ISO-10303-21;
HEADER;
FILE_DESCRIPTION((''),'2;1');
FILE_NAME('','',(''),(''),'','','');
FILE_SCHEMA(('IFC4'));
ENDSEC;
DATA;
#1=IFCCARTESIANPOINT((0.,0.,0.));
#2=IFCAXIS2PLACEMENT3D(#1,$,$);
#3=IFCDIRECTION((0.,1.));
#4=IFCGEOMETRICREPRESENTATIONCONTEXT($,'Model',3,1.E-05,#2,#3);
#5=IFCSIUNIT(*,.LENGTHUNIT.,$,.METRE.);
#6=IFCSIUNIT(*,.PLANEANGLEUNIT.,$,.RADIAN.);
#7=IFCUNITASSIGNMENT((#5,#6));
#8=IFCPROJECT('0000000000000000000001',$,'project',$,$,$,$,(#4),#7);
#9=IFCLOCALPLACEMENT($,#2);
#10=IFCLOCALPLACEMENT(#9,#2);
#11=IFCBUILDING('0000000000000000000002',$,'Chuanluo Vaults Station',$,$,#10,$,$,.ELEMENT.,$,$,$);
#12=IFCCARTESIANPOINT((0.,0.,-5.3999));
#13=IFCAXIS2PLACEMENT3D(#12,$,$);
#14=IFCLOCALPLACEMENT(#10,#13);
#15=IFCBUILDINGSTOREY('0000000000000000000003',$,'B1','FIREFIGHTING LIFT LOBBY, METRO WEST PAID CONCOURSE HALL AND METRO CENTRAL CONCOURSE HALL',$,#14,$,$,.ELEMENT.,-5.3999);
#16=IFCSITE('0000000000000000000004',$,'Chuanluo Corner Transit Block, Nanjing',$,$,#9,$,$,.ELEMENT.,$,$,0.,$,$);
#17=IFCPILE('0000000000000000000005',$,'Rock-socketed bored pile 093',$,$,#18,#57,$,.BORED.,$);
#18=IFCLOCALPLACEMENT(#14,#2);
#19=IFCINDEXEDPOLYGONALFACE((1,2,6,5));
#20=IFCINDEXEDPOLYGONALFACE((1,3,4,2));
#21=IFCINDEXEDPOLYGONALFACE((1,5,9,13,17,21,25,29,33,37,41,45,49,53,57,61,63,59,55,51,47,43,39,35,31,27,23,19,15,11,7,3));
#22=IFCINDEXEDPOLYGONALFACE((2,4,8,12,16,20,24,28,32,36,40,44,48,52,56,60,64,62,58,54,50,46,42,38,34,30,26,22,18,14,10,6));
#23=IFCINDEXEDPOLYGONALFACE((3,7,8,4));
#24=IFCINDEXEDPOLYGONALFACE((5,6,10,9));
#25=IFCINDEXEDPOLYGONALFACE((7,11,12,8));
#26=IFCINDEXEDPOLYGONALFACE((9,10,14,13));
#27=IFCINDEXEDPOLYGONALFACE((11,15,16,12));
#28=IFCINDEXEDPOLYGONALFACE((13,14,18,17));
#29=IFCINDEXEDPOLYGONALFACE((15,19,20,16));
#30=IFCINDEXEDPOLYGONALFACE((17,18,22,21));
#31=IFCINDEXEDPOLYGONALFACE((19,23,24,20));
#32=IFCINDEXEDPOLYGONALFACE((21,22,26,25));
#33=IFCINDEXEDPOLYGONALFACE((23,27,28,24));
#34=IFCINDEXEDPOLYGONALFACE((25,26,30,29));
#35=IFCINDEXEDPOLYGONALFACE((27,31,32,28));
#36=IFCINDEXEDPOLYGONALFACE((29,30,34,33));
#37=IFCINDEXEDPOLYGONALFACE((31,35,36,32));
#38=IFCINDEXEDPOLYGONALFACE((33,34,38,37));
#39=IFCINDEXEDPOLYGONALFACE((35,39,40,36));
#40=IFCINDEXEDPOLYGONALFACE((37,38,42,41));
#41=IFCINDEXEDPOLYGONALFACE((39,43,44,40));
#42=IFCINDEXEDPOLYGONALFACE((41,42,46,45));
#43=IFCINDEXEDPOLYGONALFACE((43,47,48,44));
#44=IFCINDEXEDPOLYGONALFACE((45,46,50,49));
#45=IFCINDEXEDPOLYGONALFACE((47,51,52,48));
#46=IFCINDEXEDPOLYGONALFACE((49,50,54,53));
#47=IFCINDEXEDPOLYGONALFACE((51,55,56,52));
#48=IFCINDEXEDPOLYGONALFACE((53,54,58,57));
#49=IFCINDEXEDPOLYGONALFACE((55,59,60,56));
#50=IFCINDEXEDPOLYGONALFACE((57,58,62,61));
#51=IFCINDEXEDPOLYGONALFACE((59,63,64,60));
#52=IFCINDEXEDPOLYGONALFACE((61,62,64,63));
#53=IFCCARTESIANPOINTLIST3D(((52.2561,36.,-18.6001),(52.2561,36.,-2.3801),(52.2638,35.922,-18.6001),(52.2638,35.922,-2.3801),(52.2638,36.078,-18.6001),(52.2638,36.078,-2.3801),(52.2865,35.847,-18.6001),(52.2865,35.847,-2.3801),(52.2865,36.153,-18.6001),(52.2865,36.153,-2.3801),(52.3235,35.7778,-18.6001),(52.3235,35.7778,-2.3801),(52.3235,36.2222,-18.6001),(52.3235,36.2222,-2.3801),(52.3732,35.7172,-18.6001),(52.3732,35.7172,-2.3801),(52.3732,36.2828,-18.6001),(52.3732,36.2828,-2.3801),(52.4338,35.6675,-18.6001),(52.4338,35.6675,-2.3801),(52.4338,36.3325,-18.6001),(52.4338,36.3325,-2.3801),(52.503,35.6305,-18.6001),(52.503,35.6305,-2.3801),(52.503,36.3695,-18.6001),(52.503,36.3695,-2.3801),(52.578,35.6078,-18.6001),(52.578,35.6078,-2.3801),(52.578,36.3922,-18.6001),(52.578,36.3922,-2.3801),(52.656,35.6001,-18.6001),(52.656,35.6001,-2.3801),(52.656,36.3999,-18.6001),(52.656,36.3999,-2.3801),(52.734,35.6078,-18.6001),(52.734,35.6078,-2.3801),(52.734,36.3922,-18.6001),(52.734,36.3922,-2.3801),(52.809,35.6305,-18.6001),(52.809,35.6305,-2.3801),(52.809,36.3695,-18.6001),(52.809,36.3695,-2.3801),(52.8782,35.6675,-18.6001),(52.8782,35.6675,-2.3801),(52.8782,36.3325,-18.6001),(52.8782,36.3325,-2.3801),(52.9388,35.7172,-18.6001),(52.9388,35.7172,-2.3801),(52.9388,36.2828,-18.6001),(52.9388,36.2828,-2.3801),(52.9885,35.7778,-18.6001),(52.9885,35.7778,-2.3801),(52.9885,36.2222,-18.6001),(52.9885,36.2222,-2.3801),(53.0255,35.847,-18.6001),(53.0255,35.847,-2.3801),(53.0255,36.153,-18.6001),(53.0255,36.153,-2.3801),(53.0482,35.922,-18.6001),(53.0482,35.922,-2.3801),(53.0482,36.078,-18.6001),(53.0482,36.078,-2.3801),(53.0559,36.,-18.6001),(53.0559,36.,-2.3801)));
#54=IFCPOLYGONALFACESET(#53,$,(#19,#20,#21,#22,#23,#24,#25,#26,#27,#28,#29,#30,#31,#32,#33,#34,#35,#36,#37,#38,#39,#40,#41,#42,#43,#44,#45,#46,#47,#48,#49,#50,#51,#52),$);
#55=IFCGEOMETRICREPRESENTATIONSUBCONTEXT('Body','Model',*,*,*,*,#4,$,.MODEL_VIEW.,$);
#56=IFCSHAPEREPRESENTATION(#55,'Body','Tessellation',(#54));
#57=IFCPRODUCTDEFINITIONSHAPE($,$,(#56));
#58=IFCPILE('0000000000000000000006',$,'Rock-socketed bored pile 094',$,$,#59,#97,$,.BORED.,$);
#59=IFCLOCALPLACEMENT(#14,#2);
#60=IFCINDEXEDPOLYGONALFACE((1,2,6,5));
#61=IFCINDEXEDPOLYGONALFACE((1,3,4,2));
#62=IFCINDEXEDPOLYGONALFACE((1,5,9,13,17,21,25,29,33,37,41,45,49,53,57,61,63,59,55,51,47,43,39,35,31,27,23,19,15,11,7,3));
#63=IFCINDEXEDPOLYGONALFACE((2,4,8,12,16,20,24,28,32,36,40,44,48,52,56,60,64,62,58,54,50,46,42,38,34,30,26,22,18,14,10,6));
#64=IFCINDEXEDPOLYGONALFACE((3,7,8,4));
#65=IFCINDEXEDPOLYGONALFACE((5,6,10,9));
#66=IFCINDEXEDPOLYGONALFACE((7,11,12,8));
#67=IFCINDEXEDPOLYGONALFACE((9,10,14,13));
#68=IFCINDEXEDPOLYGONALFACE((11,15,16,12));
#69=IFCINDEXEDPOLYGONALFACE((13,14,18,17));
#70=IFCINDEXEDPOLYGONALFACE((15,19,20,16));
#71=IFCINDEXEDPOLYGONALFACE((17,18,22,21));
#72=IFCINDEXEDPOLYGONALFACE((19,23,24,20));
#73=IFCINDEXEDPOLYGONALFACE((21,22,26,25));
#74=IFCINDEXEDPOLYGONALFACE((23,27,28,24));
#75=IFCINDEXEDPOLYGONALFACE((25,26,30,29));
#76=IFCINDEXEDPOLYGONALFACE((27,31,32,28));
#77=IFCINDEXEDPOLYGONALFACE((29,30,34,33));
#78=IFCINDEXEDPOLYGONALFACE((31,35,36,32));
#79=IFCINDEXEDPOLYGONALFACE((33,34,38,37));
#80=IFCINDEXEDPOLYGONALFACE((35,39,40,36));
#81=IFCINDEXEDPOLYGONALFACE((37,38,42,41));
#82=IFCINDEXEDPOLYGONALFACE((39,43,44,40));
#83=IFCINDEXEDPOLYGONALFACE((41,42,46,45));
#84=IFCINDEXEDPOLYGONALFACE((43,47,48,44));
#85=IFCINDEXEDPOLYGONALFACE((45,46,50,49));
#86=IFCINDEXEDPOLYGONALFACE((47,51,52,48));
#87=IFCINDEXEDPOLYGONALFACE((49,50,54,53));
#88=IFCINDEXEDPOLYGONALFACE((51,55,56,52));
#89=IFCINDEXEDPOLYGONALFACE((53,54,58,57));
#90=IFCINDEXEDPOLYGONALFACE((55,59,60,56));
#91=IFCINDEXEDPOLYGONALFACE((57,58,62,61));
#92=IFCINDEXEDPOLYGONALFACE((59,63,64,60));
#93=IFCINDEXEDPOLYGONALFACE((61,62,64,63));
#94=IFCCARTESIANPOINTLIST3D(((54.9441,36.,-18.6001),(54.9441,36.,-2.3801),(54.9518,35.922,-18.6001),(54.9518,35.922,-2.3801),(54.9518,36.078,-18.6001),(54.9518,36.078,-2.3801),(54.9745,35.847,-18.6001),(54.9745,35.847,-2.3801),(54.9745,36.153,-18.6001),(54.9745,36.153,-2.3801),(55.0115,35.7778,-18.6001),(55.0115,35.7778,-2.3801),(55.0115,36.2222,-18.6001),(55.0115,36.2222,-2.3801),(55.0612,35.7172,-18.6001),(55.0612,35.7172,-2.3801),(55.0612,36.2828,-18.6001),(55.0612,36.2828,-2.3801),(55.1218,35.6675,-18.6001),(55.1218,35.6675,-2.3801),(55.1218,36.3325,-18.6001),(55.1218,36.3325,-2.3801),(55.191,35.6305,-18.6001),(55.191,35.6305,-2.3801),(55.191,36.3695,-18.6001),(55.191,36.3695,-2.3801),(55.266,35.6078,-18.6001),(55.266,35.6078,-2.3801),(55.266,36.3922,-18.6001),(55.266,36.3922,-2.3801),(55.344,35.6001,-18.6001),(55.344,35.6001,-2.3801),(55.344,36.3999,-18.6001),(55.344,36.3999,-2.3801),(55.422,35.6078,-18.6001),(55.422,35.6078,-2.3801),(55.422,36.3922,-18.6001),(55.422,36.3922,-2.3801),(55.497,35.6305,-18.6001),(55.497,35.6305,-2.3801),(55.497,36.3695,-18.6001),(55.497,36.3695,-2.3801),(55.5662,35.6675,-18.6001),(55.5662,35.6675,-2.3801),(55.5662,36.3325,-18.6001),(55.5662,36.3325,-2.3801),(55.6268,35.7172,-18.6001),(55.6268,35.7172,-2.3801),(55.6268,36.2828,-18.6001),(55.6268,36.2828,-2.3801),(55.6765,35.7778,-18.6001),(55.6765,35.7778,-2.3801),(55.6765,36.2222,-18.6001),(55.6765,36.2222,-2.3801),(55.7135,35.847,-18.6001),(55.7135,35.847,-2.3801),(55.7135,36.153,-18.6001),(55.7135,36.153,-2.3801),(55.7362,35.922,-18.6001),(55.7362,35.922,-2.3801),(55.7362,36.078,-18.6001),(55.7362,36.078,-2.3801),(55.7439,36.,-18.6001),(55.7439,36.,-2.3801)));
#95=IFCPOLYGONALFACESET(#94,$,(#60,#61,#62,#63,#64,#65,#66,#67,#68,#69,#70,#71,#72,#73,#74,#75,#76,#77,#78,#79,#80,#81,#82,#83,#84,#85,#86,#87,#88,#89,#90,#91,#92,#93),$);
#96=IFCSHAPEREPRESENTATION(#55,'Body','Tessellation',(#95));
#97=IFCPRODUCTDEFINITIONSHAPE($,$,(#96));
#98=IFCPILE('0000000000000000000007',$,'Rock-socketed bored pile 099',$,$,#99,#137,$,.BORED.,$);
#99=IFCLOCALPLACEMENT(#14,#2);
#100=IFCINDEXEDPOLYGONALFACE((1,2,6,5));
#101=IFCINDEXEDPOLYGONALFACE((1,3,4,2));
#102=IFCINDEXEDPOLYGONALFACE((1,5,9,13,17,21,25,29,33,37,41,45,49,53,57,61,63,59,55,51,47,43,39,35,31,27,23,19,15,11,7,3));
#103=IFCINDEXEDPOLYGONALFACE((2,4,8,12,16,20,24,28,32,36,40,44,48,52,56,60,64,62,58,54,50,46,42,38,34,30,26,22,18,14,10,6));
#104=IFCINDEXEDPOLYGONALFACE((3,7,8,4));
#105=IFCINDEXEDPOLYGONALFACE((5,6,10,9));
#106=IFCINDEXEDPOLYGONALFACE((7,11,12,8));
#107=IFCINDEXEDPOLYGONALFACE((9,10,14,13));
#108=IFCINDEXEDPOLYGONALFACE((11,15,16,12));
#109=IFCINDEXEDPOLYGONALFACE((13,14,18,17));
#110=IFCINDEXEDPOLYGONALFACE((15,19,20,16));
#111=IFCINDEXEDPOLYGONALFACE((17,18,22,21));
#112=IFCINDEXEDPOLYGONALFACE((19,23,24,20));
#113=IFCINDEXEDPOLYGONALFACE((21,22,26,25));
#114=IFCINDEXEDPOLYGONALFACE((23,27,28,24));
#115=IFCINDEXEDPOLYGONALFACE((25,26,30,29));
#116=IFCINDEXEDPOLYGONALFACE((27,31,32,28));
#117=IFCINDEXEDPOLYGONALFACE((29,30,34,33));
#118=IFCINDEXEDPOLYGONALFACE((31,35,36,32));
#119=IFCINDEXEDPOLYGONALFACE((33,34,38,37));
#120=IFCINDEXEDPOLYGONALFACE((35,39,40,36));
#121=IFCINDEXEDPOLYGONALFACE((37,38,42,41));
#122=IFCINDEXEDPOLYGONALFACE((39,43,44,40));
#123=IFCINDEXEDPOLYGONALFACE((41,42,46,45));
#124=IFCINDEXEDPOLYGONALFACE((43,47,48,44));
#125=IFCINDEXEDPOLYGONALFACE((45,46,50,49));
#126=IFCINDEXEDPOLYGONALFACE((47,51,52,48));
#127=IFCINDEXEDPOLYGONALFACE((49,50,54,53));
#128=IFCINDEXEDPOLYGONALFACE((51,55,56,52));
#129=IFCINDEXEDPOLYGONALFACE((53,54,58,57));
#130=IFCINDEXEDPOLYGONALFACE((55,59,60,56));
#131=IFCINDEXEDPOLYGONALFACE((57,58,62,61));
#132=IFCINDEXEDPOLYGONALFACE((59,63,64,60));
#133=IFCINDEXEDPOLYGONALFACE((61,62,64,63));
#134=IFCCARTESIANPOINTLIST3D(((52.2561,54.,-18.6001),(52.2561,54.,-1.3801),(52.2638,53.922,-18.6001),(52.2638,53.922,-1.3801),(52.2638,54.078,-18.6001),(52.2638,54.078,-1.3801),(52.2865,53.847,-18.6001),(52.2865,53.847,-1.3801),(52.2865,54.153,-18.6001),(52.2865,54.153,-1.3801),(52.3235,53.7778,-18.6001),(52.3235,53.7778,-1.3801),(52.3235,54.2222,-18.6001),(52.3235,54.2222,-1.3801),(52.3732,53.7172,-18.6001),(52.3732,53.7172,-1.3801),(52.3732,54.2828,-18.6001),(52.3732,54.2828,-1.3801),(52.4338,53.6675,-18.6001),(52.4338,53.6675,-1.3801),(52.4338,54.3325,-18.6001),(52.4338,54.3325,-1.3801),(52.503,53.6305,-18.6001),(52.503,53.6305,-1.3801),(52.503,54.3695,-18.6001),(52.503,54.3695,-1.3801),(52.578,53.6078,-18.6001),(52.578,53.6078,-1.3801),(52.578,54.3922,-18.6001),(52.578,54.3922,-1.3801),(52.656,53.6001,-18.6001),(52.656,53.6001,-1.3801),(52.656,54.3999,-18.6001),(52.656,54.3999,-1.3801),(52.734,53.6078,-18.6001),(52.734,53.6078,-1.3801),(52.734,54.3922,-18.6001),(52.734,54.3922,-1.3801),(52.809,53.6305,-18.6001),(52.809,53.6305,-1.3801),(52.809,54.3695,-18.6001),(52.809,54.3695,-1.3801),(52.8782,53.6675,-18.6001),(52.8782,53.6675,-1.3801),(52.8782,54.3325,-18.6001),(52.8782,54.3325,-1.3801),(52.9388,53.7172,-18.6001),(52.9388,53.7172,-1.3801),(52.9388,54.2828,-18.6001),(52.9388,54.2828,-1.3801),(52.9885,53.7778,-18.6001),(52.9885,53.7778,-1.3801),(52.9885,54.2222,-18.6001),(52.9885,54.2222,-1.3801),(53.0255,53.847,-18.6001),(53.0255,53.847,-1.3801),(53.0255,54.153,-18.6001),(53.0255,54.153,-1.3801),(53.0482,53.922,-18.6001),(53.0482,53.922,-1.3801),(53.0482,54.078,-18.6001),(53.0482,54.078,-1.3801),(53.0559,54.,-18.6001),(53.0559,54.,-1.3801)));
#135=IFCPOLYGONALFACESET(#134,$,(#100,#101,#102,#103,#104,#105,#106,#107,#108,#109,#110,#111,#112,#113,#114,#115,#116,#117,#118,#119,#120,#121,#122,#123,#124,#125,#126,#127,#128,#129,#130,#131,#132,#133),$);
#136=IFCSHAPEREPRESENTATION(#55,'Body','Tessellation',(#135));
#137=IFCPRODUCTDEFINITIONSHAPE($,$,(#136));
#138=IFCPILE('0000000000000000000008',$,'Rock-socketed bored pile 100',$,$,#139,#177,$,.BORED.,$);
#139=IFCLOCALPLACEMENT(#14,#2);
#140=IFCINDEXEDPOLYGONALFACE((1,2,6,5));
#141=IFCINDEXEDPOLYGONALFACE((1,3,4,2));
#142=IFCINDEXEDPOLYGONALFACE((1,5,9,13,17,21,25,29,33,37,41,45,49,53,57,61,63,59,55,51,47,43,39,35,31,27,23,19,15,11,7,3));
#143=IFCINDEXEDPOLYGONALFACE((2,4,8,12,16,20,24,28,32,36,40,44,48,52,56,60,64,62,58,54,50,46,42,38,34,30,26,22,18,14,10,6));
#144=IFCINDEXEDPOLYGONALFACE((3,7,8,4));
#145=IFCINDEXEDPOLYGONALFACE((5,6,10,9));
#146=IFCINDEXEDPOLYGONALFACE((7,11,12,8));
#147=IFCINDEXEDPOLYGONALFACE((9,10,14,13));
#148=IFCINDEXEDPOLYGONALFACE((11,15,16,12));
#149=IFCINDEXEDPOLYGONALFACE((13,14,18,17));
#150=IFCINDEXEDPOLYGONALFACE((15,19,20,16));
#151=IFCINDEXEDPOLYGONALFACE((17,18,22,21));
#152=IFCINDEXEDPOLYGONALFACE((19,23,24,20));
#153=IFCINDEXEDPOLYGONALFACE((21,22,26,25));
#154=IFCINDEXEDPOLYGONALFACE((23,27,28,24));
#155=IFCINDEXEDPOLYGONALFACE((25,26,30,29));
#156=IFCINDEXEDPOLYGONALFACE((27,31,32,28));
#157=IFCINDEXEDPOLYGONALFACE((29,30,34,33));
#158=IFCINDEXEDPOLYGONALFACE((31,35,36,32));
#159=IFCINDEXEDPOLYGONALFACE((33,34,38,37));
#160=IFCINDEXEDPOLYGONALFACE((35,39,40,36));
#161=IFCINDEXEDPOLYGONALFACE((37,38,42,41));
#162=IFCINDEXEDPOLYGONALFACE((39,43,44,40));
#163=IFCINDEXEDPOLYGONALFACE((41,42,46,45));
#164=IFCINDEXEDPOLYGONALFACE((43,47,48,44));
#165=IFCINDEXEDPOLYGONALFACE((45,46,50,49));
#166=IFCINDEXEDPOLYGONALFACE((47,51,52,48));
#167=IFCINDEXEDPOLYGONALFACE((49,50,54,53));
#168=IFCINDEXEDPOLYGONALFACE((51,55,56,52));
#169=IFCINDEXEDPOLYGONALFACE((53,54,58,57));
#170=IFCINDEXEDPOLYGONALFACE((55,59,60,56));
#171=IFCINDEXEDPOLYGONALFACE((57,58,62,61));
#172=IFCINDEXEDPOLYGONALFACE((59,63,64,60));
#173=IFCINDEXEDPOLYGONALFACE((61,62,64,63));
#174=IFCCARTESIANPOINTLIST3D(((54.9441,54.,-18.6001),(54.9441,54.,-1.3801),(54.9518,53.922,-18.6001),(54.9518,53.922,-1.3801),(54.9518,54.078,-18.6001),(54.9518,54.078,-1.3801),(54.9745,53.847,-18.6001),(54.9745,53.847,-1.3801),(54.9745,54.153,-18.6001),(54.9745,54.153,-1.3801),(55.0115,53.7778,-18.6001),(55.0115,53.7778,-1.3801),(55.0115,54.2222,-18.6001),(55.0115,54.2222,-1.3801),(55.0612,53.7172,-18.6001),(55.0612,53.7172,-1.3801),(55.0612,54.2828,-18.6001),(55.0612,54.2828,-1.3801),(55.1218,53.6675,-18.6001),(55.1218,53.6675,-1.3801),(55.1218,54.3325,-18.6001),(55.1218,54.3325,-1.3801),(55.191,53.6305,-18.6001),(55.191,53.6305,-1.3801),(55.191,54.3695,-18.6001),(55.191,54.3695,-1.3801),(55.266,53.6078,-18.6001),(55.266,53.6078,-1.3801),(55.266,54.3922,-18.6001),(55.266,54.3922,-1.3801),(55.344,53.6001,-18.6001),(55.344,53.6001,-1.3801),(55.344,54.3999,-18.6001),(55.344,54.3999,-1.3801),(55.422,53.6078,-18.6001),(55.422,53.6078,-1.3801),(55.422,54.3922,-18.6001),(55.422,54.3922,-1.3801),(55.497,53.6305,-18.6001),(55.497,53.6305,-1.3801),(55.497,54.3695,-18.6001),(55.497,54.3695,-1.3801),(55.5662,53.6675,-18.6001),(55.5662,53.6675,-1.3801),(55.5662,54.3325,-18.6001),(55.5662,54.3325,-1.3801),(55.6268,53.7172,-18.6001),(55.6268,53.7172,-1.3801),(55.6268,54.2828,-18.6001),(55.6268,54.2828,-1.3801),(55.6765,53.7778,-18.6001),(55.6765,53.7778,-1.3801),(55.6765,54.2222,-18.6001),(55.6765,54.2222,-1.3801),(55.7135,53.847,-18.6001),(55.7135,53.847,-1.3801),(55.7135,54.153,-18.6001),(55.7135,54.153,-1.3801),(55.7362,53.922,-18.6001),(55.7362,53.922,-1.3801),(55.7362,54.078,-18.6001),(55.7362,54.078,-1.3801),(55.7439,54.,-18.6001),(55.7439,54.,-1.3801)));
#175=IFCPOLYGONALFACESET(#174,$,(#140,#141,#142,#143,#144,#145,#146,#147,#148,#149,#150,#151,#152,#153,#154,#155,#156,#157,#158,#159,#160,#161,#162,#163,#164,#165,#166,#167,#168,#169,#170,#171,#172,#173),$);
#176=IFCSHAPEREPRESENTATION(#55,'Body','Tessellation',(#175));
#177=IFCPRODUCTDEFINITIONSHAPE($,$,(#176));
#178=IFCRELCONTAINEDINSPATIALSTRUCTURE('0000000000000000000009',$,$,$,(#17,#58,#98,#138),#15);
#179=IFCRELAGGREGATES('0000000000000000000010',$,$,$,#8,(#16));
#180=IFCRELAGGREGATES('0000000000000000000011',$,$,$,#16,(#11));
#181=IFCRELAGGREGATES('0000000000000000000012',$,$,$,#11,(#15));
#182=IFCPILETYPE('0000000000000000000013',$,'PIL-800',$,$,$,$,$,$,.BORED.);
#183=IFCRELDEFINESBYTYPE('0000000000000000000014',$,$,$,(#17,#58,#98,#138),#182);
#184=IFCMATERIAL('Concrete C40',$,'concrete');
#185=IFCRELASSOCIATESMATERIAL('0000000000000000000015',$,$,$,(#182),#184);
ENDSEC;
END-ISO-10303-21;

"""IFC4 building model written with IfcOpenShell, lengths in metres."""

from ifc_helpers import new_model, si_unit, direction, frame, origin, origin_2d, place, context, subcontext, project, spatial, circle, extrude, material, material_profile, profile_set, type_object, element, save


model = new_model("IFC4")

# Units and contexts
model_context = context("Model", 3, precision=1e-05, world=origin(), true_north=direction((0.0, 1.0)))
body_context = subcontext(model_context, "Body", "Model", "MODEL_VIEW")
ifc_project = project(units=[si_unit("LENGTHUNIT", "METRE"), si_unit("PLANEANGLEUNIT", "RADIAN")], contexts=[model_context])

# Site, building, storey
site_placement = place(None, origin())
site = spatial("IfcSite", under=ifc_project, at=site_placement, Name="Chuanluo Corner Transit Block, Nanjing", CompositionType="ELEMENT", RefElevation=0.0)
building_placement = place(site_placement, origin())
building = spatial("IfcBuilding", under=site, at=building_placement, Name="Chuanluo Vaults Station", CompositionType="ELEMENT")
storey_placement = place(building_placement, frame((0.0, 0.0, -5.3999)))
storey = spatial("IfcBuildingStorey", under=building, at=storey_placement, Name="B1", Description="FIREFIGHTING LIFT LOBBY, METRO WEST PAID CONCOURSE HALL AND METRO CENTRAL CONCOURSE HALL", CompositionType="ELEMENT", Elevation=-5.3999)

# Piles
ifc_material_1 = material(Name="Concrete C40", Category="concrete")
ifc_material_profile_1 = material_profile(ifc_material_1, circle(Radius=0.3999, at=origin_2d()))
ifc_profile_set_1 = profile_set([ifc_material_profile_1], Name="Concrete C40")
pile_type_1 = type_object("IfcPileType", Name="PIL-800", PredefinedType="BORED", material=ifc_profile_set_1)
for number, where, z_axis, x_axis, name in (
    (1, (52.656, 36.0, -2.3801), (0.0, 0.0, -1.0), (1.0, 0.0, 0.0), "Rock-socketed bored pile 093"),
    (2, (55.344, 36.0, -2.3801), (0.0, 0.0, -1.0), (1.0, 0.0, 0.0), "Rock-socketed bored pile 094"),
):
    element("IfcPile", number, at=place(storey_placement, frame(where, z_axis=z_axis, x_axis=x_axis)), inside=storey, type_object=pile_type_1, Name=name, PredefinedType="BORED", context=body_context, shape_type="SweptSolid", body=[
        extrude(circle(Radius=0.3999, at=origin_2d()), origin(), (0.0, 0.0, 1.0), 16.22),
    ])
for number, where, z_axis, x_axis, name in (
    (3, (52.656, 54.0, -1.3801), (0.0, 0.0, -1.0), (1.0, 0.0, 0.0), "Rock-socketed bored pile 099"),
    (4, (55.344, 54.0, -1.3801), (0.0, 0.0, -1.0), (1.0, 0.0, 0.0), "Rock-socketed bored pile 100"),
):
    element("IfcPile", number, at=place(storey_placement, frame(where, z_axis=z_axis, x_axis=x_axis)), inside=storey, type_object=pile_type_1, Name=name, PredefinedType="BORED", context=body_context, shape_type="SweptSolid", body=[
        extrude(circle(Radius=0.3999, at=origin_2d()), origin(), (0.0, 0.0, 1.0), 17.22),
    ])

save(model, "model.ifc")
